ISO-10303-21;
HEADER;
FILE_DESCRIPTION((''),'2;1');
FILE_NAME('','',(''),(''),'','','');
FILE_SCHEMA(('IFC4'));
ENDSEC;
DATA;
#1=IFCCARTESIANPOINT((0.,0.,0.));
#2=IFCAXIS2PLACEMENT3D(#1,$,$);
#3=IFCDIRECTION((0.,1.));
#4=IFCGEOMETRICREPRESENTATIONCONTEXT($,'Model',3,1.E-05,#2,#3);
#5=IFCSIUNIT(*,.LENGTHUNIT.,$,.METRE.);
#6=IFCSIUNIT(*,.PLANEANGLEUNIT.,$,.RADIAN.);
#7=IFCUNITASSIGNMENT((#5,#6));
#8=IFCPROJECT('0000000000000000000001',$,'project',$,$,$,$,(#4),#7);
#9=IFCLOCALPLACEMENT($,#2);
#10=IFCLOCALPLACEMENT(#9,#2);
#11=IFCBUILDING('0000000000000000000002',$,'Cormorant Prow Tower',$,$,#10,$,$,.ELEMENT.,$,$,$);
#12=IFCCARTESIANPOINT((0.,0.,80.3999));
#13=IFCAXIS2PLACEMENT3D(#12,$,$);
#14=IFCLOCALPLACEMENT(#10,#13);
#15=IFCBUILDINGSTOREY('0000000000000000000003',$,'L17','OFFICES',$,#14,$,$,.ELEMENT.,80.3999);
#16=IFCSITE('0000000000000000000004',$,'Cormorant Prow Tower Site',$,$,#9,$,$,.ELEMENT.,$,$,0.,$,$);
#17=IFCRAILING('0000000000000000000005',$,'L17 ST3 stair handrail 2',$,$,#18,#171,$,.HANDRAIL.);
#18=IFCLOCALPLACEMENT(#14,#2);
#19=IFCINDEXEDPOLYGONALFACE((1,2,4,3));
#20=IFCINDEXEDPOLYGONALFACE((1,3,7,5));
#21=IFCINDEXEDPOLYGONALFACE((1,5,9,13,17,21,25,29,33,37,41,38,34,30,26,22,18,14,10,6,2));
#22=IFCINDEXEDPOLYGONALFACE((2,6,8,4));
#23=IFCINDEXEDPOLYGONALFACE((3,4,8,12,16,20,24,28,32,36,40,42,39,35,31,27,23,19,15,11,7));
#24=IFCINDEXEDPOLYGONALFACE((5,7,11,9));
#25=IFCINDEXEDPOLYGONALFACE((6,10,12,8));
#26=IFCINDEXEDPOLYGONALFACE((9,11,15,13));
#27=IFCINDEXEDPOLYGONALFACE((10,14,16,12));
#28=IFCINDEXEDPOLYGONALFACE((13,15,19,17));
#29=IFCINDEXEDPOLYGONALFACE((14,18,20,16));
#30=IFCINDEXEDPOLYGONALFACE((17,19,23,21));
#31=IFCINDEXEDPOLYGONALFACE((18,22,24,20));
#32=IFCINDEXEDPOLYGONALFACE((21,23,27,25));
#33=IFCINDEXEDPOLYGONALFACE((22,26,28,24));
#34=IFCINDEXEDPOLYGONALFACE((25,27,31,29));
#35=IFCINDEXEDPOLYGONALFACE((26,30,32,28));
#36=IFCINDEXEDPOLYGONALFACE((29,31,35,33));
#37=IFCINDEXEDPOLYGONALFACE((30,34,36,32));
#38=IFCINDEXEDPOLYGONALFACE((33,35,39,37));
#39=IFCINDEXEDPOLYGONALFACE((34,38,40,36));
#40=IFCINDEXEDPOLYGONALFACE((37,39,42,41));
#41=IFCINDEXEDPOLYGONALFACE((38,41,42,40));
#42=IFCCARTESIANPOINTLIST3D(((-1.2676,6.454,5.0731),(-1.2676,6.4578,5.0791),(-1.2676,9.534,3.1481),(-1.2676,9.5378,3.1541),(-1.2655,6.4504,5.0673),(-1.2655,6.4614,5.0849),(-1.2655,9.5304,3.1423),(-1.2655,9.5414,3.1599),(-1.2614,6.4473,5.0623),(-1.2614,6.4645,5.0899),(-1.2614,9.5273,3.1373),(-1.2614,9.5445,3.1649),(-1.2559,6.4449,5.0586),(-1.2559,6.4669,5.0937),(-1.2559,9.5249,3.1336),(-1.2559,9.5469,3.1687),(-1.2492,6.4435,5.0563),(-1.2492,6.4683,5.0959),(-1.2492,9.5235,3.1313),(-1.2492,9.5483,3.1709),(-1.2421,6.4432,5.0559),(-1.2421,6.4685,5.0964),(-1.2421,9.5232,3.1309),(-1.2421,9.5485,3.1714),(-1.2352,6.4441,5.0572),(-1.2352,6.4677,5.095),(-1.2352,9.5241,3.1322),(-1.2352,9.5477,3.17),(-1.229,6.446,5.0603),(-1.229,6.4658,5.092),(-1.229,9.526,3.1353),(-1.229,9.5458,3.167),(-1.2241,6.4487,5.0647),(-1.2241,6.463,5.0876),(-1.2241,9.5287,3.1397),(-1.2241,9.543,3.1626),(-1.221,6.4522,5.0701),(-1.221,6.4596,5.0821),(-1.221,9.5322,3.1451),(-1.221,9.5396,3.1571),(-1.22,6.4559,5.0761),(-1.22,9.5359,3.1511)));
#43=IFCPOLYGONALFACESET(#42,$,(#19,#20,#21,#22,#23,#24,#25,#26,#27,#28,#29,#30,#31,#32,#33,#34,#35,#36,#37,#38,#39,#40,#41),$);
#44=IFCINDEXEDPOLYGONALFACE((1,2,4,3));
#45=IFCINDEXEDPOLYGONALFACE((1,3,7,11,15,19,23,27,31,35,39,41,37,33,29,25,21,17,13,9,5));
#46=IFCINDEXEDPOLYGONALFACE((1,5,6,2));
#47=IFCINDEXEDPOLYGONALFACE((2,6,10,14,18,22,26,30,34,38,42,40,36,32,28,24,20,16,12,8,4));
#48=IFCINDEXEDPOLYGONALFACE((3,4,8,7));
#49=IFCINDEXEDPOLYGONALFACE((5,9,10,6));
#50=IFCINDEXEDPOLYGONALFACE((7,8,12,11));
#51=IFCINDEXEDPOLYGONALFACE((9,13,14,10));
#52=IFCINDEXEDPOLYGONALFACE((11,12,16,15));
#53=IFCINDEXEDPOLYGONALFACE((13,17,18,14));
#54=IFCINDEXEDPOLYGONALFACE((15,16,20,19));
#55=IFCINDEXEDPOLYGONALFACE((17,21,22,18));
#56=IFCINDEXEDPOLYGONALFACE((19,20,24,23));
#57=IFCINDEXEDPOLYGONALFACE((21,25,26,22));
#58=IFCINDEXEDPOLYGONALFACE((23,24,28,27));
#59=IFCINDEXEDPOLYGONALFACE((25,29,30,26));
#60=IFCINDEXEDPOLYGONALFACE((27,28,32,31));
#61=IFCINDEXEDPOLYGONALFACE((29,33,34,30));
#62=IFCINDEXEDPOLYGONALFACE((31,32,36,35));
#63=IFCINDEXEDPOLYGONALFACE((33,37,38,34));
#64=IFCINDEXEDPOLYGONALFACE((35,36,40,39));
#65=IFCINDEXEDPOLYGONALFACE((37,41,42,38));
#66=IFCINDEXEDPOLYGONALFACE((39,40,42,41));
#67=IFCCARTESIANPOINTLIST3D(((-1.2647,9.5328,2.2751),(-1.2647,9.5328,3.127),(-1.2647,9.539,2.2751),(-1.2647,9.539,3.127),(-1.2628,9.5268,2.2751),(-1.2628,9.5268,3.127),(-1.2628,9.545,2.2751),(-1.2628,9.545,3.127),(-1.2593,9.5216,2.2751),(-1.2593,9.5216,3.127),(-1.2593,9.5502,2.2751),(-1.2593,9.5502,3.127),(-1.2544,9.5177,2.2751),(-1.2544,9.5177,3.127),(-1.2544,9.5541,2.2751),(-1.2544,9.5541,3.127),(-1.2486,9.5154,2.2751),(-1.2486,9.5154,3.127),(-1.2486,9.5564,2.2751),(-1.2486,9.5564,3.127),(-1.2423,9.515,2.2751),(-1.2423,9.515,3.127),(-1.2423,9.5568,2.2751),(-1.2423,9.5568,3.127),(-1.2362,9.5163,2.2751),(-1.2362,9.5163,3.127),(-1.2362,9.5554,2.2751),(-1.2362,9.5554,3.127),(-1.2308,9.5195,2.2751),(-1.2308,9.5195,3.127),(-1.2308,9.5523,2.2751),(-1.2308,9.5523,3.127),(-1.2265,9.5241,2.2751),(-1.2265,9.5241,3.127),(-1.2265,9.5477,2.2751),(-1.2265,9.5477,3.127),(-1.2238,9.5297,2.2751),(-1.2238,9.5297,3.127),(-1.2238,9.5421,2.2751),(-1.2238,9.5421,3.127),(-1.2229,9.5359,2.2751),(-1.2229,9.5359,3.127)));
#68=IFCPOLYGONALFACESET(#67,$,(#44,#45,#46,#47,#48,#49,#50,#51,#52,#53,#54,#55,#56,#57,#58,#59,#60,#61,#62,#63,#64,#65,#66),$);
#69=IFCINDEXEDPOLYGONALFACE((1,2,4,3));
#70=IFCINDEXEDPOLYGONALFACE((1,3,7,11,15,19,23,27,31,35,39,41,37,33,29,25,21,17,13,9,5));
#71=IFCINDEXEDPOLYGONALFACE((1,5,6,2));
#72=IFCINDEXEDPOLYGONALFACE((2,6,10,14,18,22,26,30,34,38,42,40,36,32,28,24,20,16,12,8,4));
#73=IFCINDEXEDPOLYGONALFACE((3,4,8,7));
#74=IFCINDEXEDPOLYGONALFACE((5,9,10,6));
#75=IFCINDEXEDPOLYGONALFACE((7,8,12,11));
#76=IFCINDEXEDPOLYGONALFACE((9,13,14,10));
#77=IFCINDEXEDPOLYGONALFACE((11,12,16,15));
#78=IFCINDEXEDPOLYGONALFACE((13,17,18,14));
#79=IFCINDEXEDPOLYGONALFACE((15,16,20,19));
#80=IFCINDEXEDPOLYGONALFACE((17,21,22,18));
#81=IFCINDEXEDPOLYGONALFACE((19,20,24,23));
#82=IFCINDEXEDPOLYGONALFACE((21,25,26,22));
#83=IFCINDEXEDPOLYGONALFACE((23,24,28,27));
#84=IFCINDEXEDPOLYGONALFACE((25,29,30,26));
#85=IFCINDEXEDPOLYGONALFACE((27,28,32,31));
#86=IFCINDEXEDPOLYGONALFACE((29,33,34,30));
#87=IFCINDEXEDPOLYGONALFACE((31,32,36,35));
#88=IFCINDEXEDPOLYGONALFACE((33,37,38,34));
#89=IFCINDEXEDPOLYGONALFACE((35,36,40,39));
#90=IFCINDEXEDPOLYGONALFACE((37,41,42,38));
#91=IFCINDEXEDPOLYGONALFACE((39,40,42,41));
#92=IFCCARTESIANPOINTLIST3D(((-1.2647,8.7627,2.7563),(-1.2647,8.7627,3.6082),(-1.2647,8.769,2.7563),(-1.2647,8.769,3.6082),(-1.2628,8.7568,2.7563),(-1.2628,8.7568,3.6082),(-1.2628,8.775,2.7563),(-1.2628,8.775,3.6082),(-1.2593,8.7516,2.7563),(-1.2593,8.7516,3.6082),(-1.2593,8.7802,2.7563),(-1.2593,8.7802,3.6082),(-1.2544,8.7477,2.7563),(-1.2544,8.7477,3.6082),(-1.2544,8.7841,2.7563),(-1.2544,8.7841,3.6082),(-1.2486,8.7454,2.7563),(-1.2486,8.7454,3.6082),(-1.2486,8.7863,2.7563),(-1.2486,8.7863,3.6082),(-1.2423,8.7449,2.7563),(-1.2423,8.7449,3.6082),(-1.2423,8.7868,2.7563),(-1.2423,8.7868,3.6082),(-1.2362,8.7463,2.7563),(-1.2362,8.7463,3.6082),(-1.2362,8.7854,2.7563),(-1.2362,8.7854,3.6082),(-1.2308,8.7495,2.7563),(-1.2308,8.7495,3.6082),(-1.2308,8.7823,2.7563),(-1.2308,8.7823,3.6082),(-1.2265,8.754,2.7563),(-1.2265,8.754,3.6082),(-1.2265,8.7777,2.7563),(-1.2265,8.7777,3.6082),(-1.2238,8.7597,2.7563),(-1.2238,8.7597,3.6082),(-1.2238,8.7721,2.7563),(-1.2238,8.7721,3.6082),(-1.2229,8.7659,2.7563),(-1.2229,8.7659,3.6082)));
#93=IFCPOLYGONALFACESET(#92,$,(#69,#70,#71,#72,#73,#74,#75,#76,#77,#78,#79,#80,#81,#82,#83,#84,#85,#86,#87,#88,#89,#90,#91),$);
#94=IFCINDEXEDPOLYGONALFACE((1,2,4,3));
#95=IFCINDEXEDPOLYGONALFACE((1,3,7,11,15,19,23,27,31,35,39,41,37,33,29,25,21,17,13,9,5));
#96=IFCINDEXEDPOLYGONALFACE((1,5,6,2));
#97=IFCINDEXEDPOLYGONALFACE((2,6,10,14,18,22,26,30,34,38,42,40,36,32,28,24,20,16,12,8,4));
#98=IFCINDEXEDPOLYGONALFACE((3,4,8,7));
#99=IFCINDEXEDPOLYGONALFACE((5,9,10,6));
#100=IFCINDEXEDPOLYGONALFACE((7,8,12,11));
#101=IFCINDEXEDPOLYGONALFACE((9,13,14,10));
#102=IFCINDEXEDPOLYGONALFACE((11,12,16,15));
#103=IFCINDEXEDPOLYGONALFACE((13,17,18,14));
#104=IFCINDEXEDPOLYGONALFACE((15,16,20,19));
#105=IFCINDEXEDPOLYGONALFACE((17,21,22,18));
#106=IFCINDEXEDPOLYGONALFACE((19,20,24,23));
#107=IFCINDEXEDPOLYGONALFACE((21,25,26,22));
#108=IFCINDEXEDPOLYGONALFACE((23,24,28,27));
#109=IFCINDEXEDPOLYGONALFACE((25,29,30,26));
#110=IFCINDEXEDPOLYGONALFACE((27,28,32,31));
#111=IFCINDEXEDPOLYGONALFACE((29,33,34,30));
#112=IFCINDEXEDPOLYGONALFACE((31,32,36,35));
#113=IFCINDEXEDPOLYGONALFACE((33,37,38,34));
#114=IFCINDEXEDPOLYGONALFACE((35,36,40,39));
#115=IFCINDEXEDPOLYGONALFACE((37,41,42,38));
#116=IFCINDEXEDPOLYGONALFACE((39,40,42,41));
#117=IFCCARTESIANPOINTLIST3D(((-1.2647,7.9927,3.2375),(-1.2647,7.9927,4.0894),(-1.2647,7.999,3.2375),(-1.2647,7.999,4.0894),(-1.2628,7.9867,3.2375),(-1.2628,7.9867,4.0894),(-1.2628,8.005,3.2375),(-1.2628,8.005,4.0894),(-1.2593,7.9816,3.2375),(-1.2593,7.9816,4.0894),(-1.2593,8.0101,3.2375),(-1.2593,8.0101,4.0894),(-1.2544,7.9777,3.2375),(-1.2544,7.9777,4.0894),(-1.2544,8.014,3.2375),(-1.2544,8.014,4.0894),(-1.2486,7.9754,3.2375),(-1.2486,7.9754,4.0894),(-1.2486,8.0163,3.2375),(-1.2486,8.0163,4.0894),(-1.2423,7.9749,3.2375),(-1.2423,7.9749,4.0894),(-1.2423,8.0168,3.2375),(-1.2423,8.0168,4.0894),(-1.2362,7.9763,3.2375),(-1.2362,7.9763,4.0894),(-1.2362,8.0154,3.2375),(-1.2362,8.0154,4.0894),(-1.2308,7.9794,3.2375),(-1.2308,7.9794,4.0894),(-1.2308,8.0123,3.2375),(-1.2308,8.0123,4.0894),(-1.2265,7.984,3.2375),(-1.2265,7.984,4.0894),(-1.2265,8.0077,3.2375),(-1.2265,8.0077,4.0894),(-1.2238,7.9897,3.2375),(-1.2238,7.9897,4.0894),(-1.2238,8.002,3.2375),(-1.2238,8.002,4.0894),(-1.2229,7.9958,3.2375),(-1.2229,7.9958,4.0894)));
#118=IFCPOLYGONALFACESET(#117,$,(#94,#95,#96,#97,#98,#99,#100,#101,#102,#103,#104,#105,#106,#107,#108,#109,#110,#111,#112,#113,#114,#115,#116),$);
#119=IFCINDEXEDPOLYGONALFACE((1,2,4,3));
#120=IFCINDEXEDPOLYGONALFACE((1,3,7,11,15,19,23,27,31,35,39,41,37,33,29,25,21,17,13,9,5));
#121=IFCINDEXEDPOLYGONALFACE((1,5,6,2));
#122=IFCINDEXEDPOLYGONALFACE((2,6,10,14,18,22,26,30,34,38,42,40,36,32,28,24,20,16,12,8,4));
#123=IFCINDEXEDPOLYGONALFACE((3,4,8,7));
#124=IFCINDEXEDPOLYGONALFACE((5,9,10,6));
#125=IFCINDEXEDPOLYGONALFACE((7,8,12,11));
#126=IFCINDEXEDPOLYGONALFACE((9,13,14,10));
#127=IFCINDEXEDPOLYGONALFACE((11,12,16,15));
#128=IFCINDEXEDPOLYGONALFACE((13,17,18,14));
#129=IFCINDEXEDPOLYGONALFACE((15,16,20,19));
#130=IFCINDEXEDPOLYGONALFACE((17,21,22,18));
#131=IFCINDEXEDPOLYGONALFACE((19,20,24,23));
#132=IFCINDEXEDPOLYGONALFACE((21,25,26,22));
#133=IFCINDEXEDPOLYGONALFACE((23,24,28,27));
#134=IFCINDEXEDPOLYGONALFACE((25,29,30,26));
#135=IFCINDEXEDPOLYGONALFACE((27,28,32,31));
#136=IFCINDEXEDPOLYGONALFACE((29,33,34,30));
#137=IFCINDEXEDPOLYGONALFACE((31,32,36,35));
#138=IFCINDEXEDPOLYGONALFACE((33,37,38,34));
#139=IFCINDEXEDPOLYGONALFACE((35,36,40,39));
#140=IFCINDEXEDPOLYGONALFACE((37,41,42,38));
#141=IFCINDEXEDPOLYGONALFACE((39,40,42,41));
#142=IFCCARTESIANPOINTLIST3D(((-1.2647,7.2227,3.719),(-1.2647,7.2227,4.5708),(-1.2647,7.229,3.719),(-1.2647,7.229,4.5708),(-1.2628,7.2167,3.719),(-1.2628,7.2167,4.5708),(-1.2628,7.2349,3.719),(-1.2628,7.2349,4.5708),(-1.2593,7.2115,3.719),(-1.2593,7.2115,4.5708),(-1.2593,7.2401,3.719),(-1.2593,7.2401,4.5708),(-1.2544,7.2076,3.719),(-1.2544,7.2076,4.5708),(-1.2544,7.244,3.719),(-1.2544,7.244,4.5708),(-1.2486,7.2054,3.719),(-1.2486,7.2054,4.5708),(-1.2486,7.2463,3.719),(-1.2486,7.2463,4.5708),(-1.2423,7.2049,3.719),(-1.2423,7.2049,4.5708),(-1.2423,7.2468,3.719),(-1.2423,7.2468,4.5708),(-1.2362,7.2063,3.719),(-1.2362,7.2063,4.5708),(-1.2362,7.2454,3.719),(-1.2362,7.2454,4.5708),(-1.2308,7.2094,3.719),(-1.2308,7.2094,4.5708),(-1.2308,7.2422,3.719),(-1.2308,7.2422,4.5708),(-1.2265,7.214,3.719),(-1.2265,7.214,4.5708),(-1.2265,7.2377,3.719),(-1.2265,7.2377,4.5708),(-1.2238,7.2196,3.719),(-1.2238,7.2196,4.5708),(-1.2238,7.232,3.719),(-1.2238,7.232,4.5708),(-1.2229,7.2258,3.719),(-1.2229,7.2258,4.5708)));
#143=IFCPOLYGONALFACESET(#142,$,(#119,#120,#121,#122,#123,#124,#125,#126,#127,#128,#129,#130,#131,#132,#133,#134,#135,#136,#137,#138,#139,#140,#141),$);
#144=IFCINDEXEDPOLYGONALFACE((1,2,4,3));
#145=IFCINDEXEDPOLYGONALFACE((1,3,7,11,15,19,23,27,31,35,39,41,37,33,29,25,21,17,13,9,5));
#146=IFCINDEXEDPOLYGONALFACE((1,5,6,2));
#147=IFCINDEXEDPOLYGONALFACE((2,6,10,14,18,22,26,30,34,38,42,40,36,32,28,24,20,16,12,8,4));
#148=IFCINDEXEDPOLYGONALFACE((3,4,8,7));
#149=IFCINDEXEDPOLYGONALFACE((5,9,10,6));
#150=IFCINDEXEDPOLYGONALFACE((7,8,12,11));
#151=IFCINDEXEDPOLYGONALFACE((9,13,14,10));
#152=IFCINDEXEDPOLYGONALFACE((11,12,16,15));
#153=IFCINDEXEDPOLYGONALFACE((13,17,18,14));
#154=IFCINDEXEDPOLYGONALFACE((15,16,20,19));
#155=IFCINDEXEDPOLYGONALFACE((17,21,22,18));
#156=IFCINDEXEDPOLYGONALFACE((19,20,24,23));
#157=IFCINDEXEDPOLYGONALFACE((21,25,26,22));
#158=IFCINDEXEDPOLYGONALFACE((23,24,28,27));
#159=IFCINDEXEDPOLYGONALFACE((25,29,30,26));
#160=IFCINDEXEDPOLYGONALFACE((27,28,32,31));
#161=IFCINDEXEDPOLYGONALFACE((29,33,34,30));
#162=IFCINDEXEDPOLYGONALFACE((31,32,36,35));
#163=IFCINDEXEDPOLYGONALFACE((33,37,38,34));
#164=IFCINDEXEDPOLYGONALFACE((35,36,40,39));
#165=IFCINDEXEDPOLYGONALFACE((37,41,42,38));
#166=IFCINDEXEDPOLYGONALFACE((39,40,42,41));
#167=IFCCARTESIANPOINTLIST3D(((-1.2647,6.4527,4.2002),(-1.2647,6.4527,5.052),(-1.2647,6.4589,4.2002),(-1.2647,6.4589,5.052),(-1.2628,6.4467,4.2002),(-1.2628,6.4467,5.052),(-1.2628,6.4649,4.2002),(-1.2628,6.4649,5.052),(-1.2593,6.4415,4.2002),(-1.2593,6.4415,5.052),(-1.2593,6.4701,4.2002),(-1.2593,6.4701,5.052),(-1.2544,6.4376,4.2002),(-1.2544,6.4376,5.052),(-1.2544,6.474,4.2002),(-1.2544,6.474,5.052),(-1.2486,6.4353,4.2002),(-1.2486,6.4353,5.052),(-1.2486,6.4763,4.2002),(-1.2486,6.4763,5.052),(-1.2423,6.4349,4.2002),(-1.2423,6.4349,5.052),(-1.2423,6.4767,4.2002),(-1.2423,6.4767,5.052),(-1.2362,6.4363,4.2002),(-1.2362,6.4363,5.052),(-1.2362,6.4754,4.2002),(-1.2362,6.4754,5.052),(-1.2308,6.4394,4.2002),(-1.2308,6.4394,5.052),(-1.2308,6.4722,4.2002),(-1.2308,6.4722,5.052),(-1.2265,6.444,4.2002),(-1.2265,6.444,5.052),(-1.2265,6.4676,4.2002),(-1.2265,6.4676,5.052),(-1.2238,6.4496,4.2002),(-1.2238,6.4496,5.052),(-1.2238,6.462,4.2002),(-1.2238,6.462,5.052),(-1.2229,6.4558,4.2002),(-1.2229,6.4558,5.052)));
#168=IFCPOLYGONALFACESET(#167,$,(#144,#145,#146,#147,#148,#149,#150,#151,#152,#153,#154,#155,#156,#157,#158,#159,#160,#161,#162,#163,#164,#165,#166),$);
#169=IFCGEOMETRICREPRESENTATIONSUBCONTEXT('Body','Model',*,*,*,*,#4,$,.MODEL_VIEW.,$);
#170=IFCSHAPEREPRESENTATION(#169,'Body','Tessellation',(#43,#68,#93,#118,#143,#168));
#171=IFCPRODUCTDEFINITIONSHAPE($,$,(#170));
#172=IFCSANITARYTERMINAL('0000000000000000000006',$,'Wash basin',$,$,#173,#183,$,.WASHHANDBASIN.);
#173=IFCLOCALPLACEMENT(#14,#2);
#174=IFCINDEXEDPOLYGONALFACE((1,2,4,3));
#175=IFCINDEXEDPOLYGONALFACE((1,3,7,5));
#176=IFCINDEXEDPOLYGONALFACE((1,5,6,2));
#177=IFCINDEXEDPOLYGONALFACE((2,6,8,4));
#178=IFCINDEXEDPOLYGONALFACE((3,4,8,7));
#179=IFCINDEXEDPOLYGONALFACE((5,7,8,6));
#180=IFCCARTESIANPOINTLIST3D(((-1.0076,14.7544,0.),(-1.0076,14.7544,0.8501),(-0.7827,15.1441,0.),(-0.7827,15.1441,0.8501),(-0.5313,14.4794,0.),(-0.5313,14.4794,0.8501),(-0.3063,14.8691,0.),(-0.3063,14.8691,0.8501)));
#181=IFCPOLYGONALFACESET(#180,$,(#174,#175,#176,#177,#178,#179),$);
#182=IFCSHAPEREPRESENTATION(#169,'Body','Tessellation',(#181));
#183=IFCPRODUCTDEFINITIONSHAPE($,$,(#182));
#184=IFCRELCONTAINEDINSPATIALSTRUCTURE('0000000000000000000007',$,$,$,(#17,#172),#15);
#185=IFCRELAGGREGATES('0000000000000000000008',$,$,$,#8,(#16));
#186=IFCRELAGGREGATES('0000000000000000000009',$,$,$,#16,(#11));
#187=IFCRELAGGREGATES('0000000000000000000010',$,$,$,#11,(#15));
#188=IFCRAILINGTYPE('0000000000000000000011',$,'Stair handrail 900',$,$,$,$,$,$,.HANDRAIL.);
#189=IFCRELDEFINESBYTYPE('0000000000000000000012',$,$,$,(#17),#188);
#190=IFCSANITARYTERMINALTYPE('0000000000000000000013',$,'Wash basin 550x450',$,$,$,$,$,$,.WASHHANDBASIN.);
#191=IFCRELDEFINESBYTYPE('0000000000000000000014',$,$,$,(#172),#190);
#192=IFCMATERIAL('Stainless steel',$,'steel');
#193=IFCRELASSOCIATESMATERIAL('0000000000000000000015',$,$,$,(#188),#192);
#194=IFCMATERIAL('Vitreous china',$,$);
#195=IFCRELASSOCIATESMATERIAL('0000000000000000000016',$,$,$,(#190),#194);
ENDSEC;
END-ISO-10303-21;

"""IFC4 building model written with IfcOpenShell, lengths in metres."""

from ifc_helpers import new_model, si_unit, direction, frame, origin, origin_2d, place, context, subcontext, project, spatial, rectangle, circle, extrude, material, type_object, element, save


model = new_model("IFC4")

# Units and contexts
model_context = context("Model", 3, precision=1e-05, world=origin(), true_north=direction((0.0, 1.0)))
body_context = subcontext(model_context, "Body", "Model", "MODEL_VIEW")
ifc_project = project(units=[si_unit("LENGTHUNIT", "METRE"), si_unit("PLANEANGLEUNIT", "RADIAN")], contexts=[model_context])

# Site, building, storey
site_placement = place(None, origin())
site = spatial("IfcSite", under=ifc_project, at=site_placement, Name="Cormorant Prow Tower Site", CompositionType="ELEMENT", RefElevation=0.0)
building_placement = place(site_placement, origin())
building = spatial("IfcBuilding", under=site, at=building_placement, Name="Cormorant Prow Tower", CompositionType="ELEMENT")
storey_placement = place(building_placement, frame((0.0, 0.0, 80.3999)))
storey = spatial("IfcBuildingStorey", under=building, at=storey_placement, Name="L17", Description="OFFICES", CompositionType="ELEMENT", Elevation=80.3999)

# Railing
ifc_material_1 = material(Name="Stainless steel", Category="steel")
railing_type = type_object("IfcRailingType", Name="Stair handrail 900", PredefinedType="HANDRAIL", material=ifc_material_1)
railing_placement = place(storey_placement, frame((-1.2439, 9.5359, 2.2751)))
element("IfcRailing", 1, at=railing_placement, inside=storey, type_object=railing_type, Name="L17 ST3 stair handrail 2", PredefinedType="HANDRAIL", context=body_context, shape_type="SweptSolid", body=[
    extrude(circle(Radius=0.0239, at=origin_2d()), frame((0.0, 0.0, 0.876), z_axis=(0.0, -0.847998, 0.529999), x_axis=(1.0, 0.0, 0.0)), (0.0, 0.0, 1.0), 3.6321),
    extrude(circle(Radius=0.021, at=origin_2d()), origin(), (0.0, 0.0, 1.0), 0.8518),
    extrude(circle(Radius=0.021, at=origin_2d()), frame((0.0, -0.77, 0.4812)), (0.0, 0.0, 1.0), 0.8518),
    extrude(circle(Radius=0.021, at=origin_2d()), frame((0.0, -1.54, 0.9624)), (0.0, 0.0, 1.0), 0.8518),
    extrude(circle(Radius=0.021, at=origin_2d()), frame((0.0, -2.3101, 1.4438)), (0.0, 0.0, 1.0), 0.8518),
    extrude(circle(Radius=0.021, at=origin_2d()), frame((0.0, -3.0801, 1.925)), (0.0, 0.0, 1.0), 0.8518),
])

# Sanitary terminal
ifc_material_2 = material(Name="Vitreous china")
sanitary_terminal_type = type_object("IfcSanitaryTerminalType", Name="Wash basin 550x450", PredefinedType="WASHHANDBASIN", material=ifc_material_2)
sanitary_terminal_placement = place(storey_placement, frame((-0.657, 14.8118, 0.0), z_axis=(0.0, 0.0, 1.0), x_axis=(0.866025, -0.5, 0.0)))
element("IfcSanitaryTerminal", 2, at=sanitary_terminal_placement, inside=storey, type_object=sanitary_terminal_type, Name="Wash basin", PredefinedType="WASHHANDBASIN", context=body_context, shape_type="SweptSolid", body=[
    extrude(rectangle(XDim=0.55, YDim=0.45, at=origin_2d()), origin(), (0.0, 0.0, 1.0), 0.8501),
])

save(model, "model.ifc")
